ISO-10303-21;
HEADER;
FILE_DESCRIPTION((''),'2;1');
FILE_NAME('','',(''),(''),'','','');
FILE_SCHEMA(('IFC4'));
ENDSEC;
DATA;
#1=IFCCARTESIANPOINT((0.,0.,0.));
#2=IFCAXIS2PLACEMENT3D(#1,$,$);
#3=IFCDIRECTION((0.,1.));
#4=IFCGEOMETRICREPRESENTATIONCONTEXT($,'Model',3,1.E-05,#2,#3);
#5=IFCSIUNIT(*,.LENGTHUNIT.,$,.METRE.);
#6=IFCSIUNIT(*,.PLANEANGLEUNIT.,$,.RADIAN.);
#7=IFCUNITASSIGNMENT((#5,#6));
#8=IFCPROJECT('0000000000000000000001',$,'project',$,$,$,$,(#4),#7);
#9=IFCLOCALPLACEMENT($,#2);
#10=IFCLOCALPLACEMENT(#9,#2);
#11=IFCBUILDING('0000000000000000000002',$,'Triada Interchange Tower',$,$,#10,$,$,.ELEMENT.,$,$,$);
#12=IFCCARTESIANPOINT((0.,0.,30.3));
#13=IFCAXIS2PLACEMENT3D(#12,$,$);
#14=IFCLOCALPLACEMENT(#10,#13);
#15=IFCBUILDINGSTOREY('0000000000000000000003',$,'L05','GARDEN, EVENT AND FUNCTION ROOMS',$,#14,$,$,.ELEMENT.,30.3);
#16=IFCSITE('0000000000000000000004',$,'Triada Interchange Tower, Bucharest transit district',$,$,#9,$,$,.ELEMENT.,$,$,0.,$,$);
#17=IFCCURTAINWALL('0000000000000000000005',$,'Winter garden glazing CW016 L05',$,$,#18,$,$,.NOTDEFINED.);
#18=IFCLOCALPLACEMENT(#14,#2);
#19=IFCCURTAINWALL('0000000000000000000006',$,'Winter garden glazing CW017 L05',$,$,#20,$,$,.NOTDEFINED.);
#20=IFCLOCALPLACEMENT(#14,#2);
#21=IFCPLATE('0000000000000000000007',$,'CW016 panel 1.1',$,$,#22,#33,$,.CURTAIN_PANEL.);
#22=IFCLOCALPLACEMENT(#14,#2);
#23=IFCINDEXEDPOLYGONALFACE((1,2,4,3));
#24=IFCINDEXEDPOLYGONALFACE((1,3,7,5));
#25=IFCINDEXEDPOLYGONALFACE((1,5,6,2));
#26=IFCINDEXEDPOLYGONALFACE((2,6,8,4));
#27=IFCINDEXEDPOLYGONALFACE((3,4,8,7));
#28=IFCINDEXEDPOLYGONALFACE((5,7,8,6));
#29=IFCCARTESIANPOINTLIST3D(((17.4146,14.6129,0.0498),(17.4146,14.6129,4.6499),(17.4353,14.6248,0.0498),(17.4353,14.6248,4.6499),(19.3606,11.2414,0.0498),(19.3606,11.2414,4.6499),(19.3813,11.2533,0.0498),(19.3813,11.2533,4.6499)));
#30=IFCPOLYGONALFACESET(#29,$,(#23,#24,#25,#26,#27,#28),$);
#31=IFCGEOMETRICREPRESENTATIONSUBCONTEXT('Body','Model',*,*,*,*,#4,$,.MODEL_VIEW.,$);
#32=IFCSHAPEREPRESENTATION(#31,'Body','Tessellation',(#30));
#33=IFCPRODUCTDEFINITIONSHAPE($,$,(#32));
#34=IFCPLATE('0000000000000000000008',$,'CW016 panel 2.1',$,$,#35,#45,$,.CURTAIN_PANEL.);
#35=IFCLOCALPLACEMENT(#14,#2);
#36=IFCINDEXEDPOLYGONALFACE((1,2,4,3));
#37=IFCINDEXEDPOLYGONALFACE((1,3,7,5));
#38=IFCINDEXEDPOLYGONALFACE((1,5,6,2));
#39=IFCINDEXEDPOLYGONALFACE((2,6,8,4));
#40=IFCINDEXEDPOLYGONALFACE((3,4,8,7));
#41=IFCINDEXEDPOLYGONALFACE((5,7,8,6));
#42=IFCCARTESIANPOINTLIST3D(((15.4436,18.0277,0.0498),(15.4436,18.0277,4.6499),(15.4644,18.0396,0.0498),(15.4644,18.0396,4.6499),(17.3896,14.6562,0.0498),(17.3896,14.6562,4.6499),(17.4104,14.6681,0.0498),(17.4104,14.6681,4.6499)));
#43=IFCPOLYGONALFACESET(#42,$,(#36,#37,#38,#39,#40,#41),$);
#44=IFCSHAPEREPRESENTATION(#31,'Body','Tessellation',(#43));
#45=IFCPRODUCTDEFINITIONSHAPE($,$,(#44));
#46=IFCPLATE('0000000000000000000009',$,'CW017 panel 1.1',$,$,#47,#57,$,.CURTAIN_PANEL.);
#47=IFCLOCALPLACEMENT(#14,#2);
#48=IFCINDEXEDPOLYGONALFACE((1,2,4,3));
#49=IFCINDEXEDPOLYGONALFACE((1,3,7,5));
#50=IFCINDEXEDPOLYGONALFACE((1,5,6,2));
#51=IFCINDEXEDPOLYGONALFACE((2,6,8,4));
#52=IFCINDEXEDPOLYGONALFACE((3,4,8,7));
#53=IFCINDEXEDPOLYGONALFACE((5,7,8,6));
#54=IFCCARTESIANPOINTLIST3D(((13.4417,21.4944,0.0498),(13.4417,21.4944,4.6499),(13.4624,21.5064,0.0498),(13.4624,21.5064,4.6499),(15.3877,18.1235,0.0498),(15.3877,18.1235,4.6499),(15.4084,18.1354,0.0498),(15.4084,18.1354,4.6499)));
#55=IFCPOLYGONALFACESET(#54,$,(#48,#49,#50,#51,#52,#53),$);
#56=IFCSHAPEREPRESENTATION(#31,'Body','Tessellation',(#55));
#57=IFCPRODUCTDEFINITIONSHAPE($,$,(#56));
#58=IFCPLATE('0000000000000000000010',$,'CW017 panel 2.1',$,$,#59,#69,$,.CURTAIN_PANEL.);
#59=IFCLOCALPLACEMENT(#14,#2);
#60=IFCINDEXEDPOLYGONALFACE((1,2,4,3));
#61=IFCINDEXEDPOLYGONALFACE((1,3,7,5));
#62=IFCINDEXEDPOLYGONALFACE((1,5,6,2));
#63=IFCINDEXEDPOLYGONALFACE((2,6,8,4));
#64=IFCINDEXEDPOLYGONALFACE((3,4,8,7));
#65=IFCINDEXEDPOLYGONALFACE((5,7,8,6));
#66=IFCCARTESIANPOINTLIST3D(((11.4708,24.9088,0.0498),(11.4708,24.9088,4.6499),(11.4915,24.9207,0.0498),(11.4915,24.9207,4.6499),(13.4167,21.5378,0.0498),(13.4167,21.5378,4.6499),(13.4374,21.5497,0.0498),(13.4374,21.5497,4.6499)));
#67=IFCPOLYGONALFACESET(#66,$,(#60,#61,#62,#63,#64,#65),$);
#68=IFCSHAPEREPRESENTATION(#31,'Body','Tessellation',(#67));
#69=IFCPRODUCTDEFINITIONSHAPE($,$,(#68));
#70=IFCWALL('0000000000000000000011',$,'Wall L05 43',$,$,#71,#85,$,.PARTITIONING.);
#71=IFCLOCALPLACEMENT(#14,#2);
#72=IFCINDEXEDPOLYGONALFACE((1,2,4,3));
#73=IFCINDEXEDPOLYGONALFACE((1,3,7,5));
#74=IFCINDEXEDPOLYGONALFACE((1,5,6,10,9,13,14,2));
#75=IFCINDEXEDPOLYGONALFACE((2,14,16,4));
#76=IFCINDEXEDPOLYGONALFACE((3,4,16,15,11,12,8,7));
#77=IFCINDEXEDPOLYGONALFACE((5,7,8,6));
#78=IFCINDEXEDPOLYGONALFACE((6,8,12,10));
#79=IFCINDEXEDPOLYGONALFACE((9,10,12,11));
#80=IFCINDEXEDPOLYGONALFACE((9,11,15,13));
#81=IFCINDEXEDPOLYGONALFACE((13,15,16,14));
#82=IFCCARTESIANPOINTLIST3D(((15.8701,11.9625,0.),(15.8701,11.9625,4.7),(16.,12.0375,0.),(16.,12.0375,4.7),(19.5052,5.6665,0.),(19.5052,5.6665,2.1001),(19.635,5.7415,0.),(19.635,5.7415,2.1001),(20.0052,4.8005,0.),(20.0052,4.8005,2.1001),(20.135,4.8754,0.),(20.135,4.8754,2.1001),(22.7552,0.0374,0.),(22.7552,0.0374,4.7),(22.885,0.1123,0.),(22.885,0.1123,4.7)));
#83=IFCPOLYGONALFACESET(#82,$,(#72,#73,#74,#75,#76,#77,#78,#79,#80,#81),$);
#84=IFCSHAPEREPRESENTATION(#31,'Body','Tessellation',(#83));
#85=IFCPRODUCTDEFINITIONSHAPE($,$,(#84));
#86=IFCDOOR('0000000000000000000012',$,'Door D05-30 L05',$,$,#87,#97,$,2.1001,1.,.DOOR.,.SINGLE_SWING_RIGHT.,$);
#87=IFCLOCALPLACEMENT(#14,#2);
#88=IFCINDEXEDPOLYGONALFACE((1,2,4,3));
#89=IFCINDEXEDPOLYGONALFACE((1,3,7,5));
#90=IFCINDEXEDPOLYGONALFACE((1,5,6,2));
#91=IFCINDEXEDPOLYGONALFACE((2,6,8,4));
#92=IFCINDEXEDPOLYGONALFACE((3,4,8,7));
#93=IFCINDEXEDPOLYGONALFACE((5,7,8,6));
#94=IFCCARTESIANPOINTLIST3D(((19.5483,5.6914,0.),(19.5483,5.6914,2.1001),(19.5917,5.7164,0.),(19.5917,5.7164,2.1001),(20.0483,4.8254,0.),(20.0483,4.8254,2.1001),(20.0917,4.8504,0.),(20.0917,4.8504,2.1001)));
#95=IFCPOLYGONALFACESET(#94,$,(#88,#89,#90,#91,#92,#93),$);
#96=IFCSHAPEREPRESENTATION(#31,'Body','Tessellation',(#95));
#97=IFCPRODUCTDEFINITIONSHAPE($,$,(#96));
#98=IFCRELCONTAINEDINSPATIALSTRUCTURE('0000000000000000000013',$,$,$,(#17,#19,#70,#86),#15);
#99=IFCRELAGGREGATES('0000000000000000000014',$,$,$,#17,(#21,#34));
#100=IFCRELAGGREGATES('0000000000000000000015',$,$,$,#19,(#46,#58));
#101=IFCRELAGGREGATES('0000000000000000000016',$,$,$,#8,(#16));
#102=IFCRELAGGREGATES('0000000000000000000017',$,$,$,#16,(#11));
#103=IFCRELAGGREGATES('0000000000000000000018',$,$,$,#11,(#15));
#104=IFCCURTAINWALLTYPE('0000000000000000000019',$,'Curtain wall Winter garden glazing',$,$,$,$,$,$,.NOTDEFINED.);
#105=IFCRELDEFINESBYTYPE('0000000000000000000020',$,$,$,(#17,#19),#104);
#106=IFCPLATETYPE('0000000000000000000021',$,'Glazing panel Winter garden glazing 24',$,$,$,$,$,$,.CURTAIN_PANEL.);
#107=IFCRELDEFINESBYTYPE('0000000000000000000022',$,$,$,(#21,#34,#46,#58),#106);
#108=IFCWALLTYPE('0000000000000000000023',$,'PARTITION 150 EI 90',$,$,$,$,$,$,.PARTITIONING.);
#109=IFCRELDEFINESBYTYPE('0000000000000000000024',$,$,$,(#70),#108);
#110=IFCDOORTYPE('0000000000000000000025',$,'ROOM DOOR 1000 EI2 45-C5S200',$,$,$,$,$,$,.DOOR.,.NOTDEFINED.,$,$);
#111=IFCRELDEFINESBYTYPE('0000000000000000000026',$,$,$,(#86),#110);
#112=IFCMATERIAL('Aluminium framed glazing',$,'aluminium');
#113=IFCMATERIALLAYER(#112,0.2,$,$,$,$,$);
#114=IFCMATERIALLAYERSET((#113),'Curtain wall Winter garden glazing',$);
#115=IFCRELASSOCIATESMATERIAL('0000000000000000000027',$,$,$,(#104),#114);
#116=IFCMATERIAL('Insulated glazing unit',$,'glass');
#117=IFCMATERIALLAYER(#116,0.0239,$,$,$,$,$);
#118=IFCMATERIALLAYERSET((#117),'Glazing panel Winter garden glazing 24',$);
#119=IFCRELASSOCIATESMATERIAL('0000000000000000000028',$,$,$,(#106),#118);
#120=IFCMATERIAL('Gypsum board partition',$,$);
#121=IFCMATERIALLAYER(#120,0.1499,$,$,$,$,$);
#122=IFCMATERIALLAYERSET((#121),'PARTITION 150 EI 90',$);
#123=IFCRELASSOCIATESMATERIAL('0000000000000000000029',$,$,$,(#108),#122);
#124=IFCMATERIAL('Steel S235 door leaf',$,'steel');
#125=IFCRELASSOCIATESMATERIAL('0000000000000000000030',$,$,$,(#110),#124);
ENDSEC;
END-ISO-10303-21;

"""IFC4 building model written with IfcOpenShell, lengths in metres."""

from ifc_helpers import new_model, si_unit, direction, frame, frame_2d, origin, origin_2d, place, context, subcontext, project, spatial, rectangle, extrude, material, layer, layer_set, type_object, element, fill, aggregate, save


model = new_model("IFC4")

# Units and contexts
model_context = context("Model", 3, precision=1e-05, world=origin(), true_north=direction((0.0, 1.0)))
body_context = subcontext(model_context, "Body", "Model", "MODEL_VIEW")
ifc_project = project(units=[si_unit("LENGTHUNIT", "METRE"), si_unit("PLANEANGLEUNIT", "RADIAN")], contexts=[model_context])

# Site, building, storey
site_placement = place(None, origin())
site = spatial("IfcSite", under=ifc_project, at=site_placement, Name="Triada Interchange Tower, Bucharest transit district", CompositionType="ELEMENT", RefElevation=0.0)
building_placement = place(site_placement, origin())
building = spatial("IfcBuilding", under=site, at=building_placement, Name="Triada Interchange Tower", CompositionType="ELEMENT")
storey_placement = place(building_placement, frame((0.0, 0.0, 30.3)))
storey = spatial("IfcBuildingStorey", under=building, at=storey_placement, Name="L05", Description="GARDEN, EVENT AND FUNCTION ROOMS", CompositionType="ELEMENT", Elevation=30.3)

# Curtain walls
ifc_material_1 = material(Name="Aluminium framed glazing", Category="aluminium")
ifc_layer_1 = layer(ifc_material_1, 0.2)
ifc_layer_set_1 = layer_set([ifc_layer_1], Name="Curtain wall Winter garden glazing")
curtain_wall_type = type_object("IfcCurtainWallType", Name="Curtain wall Winter garden glazing", PredefinedType="NOTDEFINED", material=ifc_layer_set_1)
curtain_wall_1_placement = place(storey_placement, origin())
curtain_wall_1 = element("IfcCurtainWall", 1, at=curtain_wall_1_placement, inside=storey, type_object=curtain_wall_type, Name="Winter garden glazing CW016 L05", PredefinedType="NOTDEFINED")
curtain_wall_2_placement = place(storey_placement, origin())
curtain_wall_2 = element("IfcCurtainWall", 2, at=curtain_wall_2_placement, inside=storey, type_object=curtain_wall_type, Name="Winter garden glazing CW017 L05", PredefinedType="NOTDEFINED")

# Plates
ifc_material_2 = material(Name="Insulated glazing unit", Category="glass")
ifc_layer_2 = layer(ifc_material_2, 0.0239)
ifc_layer_set_2 = layer_set([ifc_layer_2], Name="Glazing panel Winter garden glazing 24")
plate_type = type_object("IfcPlateType", Name="Glazing panel Winter garden glazing 24", PredefinedType="CURTAIN_PANEL", material=ifc_layer_set_2)
plate_1_placement = place(storey_placement, frame((18.3979, 12.9331, 0.0498), z_axis=(0.0, 0.0, 1.0), x_axis=(-0.499893, 0.866087, 0.0)))
plate_1 = element("IfcPlate", 3, at=plate_1_placement, type_object=plate_type, Name="CW016 panel 1.1", PredefinedType="CURTAIN_PANEL", context=body_context, shape_type="SweptSolid", body=[
    extrude(rectangle(XDim=3.8928, YDim=0.0239, at=origin_2d()), origin(), (0.0, 0.0, 1.0), 4.6001),
])
plate_2_placement = place(storey_placement, frame((16.427, 16.3479, 0.0498), z_axis=(0.0, 0.0, 1.0), x_axis=(-0.499893, 0.866087, 0.0)))
plate_2 = element("IfcPlate", 4, at=plate_2_placement, type_object=plate_type, Name="CW016 panel 2.1", PredefinedType="CURTAIN_PANEL", context=body_context, shape_type="SweptSolid", body=[
    extrude(rectangle(XDim=3.8928, YDim=0.0239, at=origin_2d()), origin(), (0.0, 0.0, 1.0), 4.6001),
])
aggregate(curtain_wall_1, [plate_1, plate_2])
plate_3_placement = place(storey_placement, frame((14.425, 19.8149, 0.0498), z_axis=(0.0, 0.0, 1.0), x_axis=(-0.499948, 0.866055, 0.0)))
plate_3 = element("IfcPlate", 5, at=plate_3_placement, type_object=plate_type, Name="CW017 panel 1.1", PredefinedType="CURTAIN_PANEL", context=body_context, shape_type="SweptSolid", body=[
    extrude(rectangle(XDim=3.8923, YDim=0.0239, at=origin_2d()), origin(), (0.0, 0.0, 1.0), 4.6001),
])
plate_4_placement = place(storey_placement, frame((12.4541, 23.2292, 0.0498), z_axis=(0.0, 0.0, 1.0), x_axis=(-0.499948, 0.866055, 0.0)))
plate_4 = element("IfcPlate", 6, at=plate_4_placement, type_object=plate_type, Name="CW017 panel 2.1", PredefinedType="CURTAIN_PANEL", context=body_context, shape_type="SweptSolid", body=[
    extrude(rectangle(XDim=3.8923, YDim=0.0239, at=origin_2d()), origin(), (0.0, 0.0, 1.0), 4.6001),
])
aggregate(curtain_wall_2, [plate_3, plate_4])

# Wall, opening, door
ifc_material_3 = material(Name="Gypsum board partition")
ifc_layer_3 = layer(ifc_material_3, 0.1499)
ifc_layer_set_3 = layer_set([ifc_layer_3], Name="PARTITION 150 EI 90")
wall_type = type_object("IfcWallType", Name="PARTITION 150 EI 90", PredefinedType="PARTITIONING", material=ifc_layer_set_3)
wall_placement = place(storey_placement, frame((15.9351, 12.0, 0.0), z_axis=(0.0, 0.0, 1.0), x_axis=(0.500004, -0.866023, 0.0)))
wall = element("IfcWall", 7, at=wall_placement, inside=storey, type_object=wall_type, Name="Wall L05 43", PredefinedType="PARTITIONING", context=body_context, shape_type="SweptSolid", body=[
    extrude(rectangle(XDim=13.77, YDim=0.1499, at=frame_2d((6.885, 0.0))), origin(), (0.0, 0.0, 1.0), 4.7),
])
opening_placement = place(wall_placement, frame((7.27, 0.0, 0.0)))
opening = element("IfcOpeningElement", 8, at=opening_placement, cuts=wall, PredefinedType="OPENING", context=body_context, shape_type="SweptSolid", body=[
    extrude(rectangle(XDim=1.0, YDim=2.1001, at=frame_2d((0.5, 1.05))), frame((0.0, 0.085, 0.0), z_axis=(0.0, -1.0, 0.0), x_axis=(1.0, 0.0, 0.0)), (0.0, 0.0, 1.0), 0.1699),
])
ifc_material_4 = material(Name="Steel S235 door leaf", Category="steel")
door_type = type_object("IfcDoorType", Name="ROOM DOOR 1000 EI2 45-C5S200", OperationType="NOTDEFINED", PredefinedType="DOOR", material=ifc_material_4)
door_placement = place(opening_placement, origin())
door = element("IfcDoor", 9, at=door_placement, inside=storey, type_object=door_type, Name="Door D05-30 L05", OperationType="SINGLE_SWING_RIGHT", OverallHeight=2.1001, OverallWidth=1.0, PredefinedType="DOOR", context=body_context, shape_type="SweptSolid", body=[
    extrude(rectangle(XDim=1.0, YDim=2.1001, at=frame_2d((0.5, 1.05))), frame((0.0, 0.0249, 0.0), z_axis=(0.0, -1.0, 0.0), x_axis=(1.0, 0.0, 0.0)), (0.0, 0.0, 1.0), 0.05),
])
fill(opening, door)

save(model, "model.ifc")
